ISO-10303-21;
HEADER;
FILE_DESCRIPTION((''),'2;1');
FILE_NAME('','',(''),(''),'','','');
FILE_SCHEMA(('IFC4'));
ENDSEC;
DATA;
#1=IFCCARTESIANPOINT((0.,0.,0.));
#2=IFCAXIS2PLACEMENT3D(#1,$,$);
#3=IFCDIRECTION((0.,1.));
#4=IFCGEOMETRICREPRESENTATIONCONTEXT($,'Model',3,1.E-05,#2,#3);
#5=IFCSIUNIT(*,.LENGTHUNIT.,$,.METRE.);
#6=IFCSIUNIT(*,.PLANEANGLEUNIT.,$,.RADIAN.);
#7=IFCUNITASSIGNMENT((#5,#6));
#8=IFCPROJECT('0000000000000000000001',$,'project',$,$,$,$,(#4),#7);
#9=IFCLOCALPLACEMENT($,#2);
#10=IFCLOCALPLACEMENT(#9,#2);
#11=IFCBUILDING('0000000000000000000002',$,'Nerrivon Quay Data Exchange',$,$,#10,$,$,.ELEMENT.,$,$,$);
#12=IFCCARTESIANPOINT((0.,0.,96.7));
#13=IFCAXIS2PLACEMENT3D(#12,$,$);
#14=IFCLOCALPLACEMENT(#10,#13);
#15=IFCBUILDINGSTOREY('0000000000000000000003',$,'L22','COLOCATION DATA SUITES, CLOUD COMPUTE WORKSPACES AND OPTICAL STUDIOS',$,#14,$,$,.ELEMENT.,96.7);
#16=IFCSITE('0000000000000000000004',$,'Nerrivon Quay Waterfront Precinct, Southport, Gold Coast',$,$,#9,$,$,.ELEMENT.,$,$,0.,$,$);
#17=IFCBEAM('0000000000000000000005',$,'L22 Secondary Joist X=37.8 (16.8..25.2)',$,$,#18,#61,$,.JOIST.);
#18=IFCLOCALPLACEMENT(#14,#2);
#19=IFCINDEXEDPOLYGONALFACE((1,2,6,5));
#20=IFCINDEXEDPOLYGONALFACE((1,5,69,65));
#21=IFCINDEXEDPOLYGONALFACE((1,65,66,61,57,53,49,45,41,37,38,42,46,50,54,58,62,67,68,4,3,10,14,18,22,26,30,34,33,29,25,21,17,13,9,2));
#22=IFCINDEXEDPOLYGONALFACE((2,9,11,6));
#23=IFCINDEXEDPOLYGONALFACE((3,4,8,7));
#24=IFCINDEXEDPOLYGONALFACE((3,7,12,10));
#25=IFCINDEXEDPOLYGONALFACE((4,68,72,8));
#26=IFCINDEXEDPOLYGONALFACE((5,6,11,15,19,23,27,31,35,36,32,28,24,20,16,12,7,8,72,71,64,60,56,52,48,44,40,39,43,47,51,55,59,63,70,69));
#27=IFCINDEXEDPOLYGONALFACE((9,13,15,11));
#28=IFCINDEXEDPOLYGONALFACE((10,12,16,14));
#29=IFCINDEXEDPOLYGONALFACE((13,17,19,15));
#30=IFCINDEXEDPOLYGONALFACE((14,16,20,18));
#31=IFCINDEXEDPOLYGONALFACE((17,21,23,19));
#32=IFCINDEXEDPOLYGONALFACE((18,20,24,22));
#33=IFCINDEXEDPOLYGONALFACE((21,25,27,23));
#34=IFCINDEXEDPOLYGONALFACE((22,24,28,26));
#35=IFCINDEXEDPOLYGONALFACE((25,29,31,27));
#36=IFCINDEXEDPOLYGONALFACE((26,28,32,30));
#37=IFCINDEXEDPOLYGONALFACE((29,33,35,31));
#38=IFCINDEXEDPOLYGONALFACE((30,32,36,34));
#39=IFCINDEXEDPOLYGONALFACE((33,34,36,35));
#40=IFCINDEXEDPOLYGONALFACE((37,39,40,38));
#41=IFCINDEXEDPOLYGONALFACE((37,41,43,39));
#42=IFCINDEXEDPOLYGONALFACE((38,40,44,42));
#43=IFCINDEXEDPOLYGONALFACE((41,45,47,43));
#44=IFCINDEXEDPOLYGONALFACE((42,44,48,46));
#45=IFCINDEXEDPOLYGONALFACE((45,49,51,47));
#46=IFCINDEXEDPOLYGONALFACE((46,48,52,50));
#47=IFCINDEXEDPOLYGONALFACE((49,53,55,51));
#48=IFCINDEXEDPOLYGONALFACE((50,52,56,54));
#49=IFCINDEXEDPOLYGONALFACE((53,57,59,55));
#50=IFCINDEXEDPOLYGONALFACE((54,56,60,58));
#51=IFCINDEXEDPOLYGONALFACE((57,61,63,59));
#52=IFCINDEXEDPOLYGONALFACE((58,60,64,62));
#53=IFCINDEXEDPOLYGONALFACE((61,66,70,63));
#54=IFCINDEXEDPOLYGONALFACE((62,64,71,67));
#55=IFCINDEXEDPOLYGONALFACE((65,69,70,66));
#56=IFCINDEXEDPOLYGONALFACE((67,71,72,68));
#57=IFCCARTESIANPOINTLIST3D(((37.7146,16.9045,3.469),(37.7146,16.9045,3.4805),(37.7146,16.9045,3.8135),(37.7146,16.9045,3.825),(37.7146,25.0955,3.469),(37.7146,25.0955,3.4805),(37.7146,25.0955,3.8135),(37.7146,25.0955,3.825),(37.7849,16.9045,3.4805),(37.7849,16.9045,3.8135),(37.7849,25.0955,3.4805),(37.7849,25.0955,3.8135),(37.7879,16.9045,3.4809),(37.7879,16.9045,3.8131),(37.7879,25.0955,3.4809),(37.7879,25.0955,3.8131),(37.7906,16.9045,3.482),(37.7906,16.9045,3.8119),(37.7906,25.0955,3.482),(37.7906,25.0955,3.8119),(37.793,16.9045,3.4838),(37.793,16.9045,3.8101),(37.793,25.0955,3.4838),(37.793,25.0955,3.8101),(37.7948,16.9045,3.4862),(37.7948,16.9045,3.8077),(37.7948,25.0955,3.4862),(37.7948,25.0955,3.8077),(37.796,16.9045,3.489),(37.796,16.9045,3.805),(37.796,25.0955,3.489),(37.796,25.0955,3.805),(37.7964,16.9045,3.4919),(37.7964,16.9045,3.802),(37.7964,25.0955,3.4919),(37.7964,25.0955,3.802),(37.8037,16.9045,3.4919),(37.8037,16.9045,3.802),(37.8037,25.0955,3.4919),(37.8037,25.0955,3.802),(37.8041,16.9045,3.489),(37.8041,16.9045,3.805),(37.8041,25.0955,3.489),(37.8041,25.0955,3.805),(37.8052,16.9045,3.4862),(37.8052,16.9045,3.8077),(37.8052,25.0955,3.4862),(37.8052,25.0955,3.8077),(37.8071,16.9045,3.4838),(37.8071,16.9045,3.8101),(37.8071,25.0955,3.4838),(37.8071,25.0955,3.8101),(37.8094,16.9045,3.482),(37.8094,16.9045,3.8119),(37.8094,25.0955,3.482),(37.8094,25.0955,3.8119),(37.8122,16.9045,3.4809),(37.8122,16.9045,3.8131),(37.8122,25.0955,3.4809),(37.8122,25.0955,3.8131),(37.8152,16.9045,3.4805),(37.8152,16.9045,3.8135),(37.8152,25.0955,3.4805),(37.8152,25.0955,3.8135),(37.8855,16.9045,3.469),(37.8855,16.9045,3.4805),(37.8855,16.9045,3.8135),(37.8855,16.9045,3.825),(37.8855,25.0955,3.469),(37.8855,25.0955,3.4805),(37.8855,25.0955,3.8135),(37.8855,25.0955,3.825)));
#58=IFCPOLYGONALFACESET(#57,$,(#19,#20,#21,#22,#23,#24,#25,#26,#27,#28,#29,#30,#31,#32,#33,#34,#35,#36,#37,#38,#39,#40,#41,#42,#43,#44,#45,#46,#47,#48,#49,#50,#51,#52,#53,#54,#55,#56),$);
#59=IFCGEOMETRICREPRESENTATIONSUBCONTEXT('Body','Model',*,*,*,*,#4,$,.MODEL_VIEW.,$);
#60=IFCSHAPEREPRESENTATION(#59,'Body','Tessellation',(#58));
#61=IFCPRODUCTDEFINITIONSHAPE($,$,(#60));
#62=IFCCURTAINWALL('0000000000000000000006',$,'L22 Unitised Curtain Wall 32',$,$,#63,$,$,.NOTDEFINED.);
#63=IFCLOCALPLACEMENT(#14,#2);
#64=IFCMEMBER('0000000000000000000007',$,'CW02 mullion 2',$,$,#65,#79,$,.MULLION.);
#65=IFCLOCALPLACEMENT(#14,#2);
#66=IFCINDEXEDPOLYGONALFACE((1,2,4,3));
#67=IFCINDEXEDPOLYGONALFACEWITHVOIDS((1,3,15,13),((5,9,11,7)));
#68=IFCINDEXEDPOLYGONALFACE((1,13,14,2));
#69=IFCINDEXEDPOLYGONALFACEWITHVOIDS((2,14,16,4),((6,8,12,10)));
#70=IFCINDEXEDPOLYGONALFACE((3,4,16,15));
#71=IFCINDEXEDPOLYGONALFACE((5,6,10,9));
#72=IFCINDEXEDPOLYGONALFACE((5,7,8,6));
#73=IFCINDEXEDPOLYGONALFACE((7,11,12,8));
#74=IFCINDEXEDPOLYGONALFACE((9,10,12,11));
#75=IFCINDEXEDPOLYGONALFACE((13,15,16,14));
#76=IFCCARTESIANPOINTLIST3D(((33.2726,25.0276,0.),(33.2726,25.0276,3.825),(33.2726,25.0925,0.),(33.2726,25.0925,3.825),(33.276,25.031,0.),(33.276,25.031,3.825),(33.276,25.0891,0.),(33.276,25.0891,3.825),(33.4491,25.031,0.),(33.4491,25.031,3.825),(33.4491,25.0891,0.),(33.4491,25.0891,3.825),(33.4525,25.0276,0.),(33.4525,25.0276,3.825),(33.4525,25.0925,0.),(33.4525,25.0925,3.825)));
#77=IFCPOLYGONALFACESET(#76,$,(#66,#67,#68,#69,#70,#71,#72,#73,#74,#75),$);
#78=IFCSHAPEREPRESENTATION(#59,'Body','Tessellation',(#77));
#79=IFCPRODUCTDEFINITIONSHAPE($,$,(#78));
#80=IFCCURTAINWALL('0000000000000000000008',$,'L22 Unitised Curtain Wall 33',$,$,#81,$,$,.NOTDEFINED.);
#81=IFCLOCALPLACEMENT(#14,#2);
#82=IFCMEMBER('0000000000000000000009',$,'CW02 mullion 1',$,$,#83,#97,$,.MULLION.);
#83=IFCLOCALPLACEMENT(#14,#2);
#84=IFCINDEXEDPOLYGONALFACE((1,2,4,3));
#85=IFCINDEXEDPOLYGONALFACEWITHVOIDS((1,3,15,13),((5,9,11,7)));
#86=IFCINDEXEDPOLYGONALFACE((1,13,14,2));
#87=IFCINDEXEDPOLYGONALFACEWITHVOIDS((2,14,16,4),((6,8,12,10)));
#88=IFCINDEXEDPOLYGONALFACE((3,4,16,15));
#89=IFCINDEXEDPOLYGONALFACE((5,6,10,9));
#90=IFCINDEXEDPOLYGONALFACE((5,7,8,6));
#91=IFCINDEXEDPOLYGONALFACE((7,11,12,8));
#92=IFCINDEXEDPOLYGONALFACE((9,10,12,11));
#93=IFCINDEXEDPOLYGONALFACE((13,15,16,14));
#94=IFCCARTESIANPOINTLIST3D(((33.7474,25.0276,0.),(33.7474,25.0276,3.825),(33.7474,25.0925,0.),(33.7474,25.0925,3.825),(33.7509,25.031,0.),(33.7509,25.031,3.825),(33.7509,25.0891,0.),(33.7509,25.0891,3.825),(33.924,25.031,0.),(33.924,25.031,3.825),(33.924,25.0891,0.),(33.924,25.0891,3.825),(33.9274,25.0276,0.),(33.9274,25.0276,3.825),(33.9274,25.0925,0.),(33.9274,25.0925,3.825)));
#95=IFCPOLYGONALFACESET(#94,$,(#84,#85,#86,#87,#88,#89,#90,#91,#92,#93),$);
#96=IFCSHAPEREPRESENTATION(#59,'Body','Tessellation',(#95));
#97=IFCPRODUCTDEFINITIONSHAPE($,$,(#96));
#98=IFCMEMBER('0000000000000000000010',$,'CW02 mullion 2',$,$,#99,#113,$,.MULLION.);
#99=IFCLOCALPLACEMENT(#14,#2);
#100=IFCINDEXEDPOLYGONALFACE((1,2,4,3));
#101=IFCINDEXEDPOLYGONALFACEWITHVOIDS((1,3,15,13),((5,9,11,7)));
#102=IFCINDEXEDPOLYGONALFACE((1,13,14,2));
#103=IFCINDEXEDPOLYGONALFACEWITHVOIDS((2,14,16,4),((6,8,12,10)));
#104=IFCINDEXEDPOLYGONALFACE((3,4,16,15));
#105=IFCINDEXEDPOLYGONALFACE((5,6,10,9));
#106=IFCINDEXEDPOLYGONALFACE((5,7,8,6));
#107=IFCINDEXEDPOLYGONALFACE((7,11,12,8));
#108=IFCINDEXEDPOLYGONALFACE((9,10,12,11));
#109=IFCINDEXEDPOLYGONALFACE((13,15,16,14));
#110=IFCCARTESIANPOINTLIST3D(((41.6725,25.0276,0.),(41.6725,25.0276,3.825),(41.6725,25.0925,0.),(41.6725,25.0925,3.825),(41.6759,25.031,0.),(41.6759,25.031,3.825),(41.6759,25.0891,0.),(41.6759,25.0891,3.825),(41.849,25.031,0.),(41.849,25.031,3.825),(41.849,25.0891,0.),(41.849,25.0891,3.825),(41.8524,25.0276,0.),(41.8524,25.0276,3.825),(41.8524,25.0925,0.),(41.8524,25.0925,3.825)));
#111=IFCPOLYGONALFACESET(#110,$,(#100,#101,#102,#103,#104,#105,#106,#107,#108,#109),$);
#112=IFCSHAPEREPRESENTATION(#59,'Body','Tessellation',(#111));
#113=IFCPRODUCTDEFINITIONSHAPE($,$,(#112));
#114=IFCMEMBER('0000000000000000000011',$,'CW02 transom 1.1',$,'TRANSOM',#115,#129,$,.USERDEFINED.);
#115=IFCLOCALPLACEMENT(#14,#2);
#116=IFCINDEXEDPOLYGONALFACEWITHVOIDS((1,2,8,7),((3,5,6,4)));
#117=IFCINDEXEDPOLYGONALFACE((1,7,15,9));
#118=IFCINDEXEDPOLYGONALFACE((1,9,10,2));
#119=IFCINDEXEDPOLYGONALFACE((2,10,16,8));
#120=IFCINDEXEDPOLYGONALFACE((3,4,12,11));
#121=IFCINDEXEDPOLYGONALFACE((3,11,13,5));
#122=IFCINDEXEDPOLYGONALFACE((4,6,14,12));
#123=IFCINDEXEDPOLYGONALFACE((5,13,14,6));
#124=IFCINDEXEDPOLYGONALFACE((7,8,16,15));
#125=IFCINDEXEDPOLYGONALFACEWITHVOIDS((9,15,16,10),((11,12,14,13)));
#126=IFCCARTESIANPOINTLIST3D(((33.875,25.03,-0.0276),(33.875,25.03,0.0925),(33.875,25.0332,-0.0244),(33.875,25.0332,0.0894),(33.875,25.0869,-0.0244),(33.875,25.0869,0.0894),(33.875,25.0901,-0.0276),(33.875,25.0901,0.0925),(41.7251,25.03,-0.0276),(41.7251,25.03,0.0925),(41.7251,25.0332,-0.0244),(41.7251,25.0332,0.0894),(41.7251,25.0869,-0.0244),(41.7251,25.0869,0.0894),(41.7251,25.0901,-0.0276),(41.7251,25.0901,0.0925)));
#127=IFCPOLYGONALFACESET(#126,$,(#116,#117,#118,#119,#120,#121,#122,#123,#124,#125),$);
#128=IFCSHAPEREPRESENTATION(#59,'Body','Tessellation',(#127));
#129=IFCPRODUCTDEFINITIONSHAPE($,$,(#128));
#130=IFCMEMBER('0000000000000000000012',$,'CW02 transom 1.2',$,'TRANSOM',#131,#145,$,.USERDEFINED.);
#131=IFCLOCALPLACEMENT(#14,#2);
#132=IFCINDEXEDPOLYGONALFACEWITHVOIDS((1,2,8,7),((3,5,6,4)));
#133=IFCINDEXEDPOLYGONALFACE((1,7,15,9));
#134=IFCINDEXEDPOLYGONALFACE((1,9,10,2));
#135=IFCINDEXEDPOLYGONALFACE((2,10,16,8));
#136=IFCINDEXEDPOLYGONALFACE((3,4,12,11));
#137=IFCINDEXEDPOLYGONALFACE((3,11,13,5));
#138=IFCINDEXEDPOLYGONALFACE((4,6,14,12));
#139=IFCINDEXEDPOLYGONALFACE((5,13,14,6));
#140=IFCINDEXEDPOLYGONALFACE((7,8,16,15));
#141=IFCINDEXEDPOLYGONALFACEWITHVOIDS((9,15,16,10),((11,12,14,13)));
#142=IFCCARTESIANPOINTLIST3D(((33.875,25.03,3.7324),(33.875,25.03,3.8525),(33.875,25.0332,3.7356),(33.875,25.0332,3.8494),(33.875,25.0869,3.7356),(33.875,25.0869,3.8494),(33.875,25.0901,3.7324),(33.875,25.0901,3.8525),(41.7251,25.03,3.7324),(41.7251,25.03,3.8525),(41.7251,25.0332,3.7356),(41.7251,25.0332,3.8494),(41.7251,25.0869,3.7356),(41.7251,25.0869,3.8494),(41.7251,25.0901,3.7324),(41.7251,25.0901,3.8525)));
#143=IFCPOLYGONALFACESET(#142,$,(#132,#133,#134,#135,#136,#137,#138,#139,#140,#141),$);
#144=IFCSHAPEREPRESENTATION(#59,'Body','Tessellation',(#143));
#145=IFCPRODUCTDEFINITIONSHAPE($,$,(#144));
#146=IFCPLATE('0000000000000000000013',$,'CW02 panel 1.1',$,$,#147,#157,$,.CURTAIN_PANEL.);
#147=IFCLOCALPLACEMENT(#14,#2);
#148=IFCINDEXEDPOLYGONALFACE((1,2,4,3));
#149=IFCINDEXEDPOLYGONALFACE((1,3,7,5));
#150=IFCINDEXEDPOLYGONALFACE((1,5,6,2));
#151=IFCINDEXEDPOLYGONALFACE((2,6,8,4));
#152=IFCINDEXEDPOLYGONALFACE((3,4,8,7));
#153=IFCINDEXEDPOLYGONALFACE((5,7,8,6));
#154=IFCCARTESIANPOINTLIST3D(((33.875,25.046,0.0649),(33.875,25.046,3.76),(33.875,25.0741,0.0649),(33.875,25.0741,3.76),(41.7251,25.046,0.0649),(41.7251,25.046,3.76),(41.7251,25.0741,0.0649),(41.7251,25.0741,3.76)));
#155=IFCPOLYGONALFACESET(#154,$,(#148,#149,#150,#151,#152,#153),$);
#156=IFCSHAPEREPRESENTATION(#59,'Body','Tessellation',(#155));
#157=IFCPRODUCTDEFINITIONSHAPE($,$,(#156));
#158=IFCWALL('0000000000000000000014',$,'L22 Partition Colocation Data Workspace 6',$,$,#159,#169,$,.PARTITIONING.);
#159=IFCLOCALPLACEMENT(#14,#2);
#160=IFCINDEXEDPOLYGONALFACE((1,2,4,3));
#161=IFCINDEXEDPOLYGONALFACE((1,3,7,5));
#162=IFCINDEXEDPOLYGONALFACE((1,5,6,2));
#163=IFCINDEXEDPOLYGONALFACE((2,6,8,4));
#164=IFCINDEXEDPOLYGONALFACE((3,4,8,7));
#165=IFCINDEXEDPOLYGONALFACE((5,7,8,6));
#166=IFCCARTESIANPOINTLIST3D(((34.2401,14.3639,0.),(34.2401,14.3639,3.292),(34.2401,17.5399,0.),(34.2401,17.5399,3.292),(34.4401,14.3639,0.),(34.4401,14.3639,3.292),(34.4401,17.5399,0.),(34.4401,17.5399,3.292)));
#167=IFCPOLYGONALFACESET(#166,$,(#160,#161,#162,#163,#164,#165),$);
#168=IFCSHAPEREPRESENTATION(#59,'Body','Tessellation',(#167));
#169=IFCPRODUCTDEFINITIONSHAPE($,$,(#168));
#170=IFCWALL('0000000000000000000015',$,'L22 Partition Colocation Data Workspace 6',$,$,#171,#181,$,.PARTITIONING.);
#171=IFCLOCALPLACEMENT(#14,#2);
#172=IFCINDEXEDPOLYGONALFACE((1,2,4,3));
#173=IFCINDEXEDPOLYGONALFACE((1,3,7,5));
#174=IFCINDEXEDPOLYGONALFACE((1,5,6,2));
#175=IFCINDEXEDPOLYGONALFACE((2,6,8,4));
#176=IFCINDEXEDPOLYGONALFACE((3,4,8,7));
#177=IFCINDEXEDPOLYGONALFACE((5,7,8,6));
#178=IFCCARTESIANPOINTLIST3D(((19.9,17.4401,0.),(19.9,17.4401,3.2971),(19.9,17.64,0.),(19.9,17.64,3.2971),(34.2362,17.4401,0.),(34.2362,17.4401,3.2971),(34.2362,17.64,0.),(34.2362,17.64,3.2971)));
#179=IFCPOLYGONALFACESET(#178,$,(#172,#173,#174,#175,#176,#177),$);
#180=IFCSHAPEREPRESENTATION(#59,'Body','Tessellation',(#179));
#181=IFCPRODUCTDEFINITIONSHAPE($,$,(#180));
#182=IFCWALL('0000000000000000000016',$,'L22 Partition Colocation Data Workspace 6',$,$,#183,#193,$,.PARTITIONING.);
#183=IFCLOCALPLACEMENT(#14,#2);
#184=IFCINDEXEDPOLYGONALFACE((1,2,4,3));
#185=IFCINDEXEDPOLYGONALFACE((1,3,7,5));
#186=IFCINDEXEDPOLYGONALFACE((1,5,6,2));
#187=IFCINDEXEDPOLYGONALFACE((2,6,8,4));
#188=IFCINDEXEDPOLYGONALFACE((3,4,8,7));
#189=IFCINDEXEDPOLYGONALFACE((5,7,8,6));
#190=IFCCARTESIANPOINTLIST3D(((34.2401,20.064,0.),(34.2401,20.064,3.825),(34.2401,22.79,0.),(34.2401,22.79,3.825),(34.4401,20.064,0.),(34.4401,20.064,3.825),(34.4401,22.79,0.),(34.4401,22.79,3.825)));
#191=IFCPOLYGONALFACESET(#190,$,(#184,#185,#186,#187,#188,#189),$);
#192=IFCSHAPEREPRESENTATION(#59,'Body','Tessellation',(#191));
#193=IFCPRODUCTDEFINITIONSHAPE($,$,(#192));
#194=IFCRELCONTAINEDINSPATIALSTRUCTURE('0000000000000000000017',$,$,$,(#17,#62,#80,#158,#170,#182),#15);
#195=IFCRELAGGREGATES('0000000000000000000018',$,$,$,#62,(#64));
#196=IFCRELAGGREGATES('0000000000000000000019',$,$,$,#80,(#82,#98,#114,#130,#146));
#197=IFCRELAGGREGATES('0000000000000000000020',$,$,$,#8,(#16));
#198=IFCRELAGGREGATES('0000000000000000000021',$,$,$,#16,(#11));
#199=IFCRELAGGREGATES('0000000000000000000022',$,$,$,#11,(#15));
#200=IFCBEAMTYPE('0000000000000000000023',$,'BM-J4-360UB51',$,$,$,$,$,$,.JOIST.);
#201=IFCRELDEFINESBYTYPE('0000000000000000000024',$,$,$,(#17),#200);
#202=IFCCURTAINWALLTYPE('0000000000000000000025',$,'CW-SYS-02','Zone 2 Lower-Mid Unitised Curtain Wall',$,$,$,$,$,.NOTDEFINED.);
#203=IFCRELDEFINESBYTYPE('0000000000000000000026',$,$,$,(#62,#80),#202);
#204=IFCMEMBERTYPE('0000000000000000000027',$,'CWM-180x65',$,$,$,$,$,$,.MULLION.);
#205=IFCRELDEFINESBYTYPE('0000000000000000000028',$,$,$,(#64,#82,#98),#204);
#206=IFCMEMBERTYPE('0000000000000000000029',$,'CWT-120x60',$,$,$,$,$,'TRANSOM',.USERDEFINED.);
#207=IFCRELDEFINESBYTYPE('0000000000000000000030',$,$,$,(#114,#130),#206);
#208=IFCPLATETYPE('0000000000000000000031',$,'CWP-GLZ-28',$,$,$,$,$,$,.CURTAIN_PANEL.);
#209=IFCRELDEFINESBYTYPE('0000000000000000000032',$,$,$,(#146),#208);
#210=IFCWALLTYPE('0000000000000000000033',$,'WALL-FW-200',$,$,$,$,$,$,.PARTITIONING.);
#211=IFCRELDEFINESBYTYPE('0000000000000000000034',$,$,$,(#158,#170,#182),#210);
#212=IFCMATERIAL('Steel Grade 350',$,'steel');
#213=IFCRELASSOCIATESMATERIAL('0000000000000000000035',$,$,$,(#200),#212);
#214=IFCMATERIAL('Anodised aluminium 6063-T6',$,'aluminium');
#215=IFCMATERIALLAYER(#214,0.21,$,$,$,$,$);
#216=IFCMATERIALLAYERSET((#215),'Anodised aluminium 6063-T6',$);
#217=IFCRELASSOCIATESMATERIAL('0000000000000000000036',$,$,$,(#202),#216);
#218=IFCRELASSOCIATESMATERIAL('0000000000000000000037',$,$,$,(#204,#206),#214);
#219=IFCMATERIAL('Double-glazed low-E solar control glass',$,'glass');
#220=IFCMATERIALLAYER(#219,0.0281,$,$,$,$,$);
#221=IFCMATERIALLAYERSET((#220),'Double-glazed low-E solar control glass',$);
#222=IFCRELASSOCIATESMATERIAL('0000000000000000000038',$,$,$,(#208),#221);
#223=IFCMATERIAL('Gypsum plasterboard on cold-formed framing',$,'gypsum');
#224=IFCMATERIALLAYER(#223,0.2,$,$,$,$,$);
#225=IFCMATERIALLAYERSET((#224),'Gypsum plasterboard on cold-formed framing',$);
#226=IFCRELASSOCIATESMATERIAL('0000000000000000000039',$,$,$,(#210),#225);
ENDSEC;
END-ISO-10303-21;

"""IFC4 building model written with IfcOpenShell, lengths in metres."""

from ifc_helpers import new_model, si_unit, direction, frame, frame_2d, origin, origin_2d, place, context, subcontext, project, spatial, rectangle, hollow_rectangle, i_section, extrude, material, layer, layer_set, material_profile, profile_set, type_object, element, aggregate, save


model = new_model("IFC4")

# Units and contexts
model_context = context("Model", 3, precision=1e-05, world=origin(), true_north=direction((0.0, 1.0)))
body_context = subcontext(model_context, "Body", "Model", "MODEL_VIEW")
ifc_project = project(units=[si_unit("LENGTHUNIT", "METRE"), si_unit("PLANEANGLEUNIT", "RADIAN")], contexts=[model_context])

# Site, building, storey
site_placement = place(None, origin())
site = spatial("IfcSite", under=ifc_project, at=site_placement, Name="Nerrivon Quay Waterfront Precinct, Southport, Gold Coast", CompositionType="ELEMENT", RefElevation=0.0)
building_placement = place(site_placement, origin())
building = spatial("IfcBuilding", under=site, at=building_placement, Name="Nerrivon Quay Data Exchange", CompositionType="ELEMENT")
storey_placement = place(building_placement, frame((0.0, 0.0, 96.7)))
storey = spatial("IfcBuildingStorey", under=building, at=storey_placement, Name="L22", Description="COLOCATION DATA SUITES, CLOUD COMPUTE WORKSPACES AND OPTICAL STUDIOS", CompositionType="ELEMENT", Elevation=96.7)

# Shared definitions
ifc_material_1 = material(Name="Steel Grade 350", Category="steel")

# Beam
ifc_material_profile_1 = material_profile(ifc_material_1, i_section(OverallWidth=0.1709, OverallDepth=0.356, WebThickness=0.0073, FlangeThickness=0.0115, FilletRadius=0.0115, at=origin_2d()), Name="360UB50.7")
ifc_profile_set_1 = profile_set([ifc_material_profile_1], Name="Steel Grade 350")
beam_type_1 = type_object("IfcBeamType", Name="BM-J4-360UB51", PredefinedType="JOIST", material=ifc_profile_set_1)
beam_1_placement = place(storey_placement, frame((37.8, 16.9045, 3.647), z_axis=(0.0, 1.0, 0.0), x_axis=(-1.0, 0.0, 0.0)))
element("IfcBeam", 1, at=beam_1_placement, inside=storey, type_object=beam_type_1, Name="L22 Secondary Joist X=37.8 (16.8..25.2)", PredefinedType="JOIST", context=body_context, shape_type="SweptSolid", body=[
    extrude(i_section(OverallWidth=0.1709, OverallDepth=0.356, WebThickness=0.0073, FlangeThickness=0.0115, FilletRadius=0.0115, at=origin_2d()), origin(), (0.0, 0.0, 1.0), 8.1909),
])

# Curtain wall, member
ifc_material_2 = material(Name="Anodised aluminium 6063-T6", Category="aluminium")
ifc_layer_1 = layer(ifc_material_2, 0.21)
ifc_layer_set_1 = layer_set([ifc_layer_1], Name="Anodised aluminium 6063-T6")
curtain_wall_type = type_object("IfcCurtainWallType", Name="CW-SYS-02", Description="Zone 2 Lower-Mid Unitised Curtain Wall", PredefinedType="NOTDEFINED", material=ifc_layer_set_1)
curtain_wall_1_placement = place(storey_placement, origin())
curtain_wall_1 = element("IfcCurtainWall", 2, at=curtain_wall_1_placement, inside=storey, type_object=curtain_wall_type, Name="L22 Unitised Curtain Wall 32", PredefinedType="NOTDEFINED")
ifc_material_profile_2 = material_profile(ifc_material_2, hollow_rectangle(XDim=0.0649, YDim=0.1799, WallThickness=0.0034, at=origin_2d()), Name="ALU-MULL-180x65")
ifc_profile_set_2 = profile_set([ifc_material_profile_2], Name="Anodised aluminium 6063-T6")
member_type_1 = type_object("IfcMemberType", Name="CWM-180x65", PredefinedType="MULLION", material=ifc_profile_set_2)
member_1_placement = place(storey_placement, frame((33.3625, 25.0601, 0.0), z_axis=(0.0, 0.0, 1.0), x_axis=(0.0, 1.0, 0.0)))
member_1 = element("IfcMember", 3, at=member_1_placement, type_object=member_type_1, Name="CW02 mullion 2", PredefinedType="MULLION", context=body_context, shape_type="SweptSolid", body=[
    extrude(hollow_rectangle(XDim=0.0649, YDim=0.1799, WallThickness=0.0034, at=origin_2d()), origin(), (0.0, 0.0, 1.0), 3.825),
])
aggregate(curtain_wall_1, [member_1])

# Curtain wall, members, plate
curtain_wall_2_placement = place(storey_placement, origin())
curtain_wall_2 = element("IfcCurtainWall", 4, at=curtain_wall_2_placement, inside=storey, type_object=curtain_wall_type, Name="L22 Unitised Curtain Wall 33", PredefinedType="NOTDEFINED")
member_2_placement = place(storey_placement, frame((33.8374, 25.0601, 0.0), z_axis=(0.0, 0.0, 1.0), x_axis=(0.0, 1.0, 0.0)))
member_2 = element("IfcMember", 5, at=member_2_placement, type_object=member_type_1, Name="CW02 mullion 1", PredefinedType="MULLION", context=body_context, shape_type="SweptSolid", body=[
    extrude(hollow_rectangle(XDim=0.0649, YDim=0.1799, WallThickness=0.0034, at=origin_2d()), origin(), (0.0, 0.0, 1.0), 3.825),
])
member_3_placement = place(storey_placement, frame((41.7625, 25.0601, 0.0), z_axis=(0.0, 0.0, 1.0), x_axis=(0.0, 1.0, 0.0)))
member_3 = element("IfcMember", 6, at=member_3_placement, type_object=member_type_1, Name="CW02 mullion 2", PredefinedType="MULLION", context=body_context, shape_type="SweptSolid", body=[
    extrude(hollow_rectangle(XDim=0.0649, YDim=0.1799, WallThickness=0.0034, at=origin_2d()), origin(), (0.0, 0.0, 1.0), 3.825),
])
ifc_material_profile_3 = material_profile(ifc_material_2, hollow_rectangle(XDim=0.0601, YDim=0.1201, WallThickness=0.0032, at=origin_2d()), Name="ALU-TRAN-120x60")
ifc_profile_set_3 = profile_set([ifc_material_profile_3], Name="Anodised aluminium 6063-T6")
member_type_2 = type_object("IfcMemberType", Name="CWT-120x60", ElementType="TRANSOM", PredefinedType="USERDEFINED", material=ifc_profile_set_3)
member_4_placement = place(storey_placement, frame((33.875, 25.0601, 0.0325), z_axis=(1.0, 0.0, 0.0), x_axis=(0.0, 1.0, 0.0)))
member_4 = element("IfcMember", 7, at=member_4_placement, type_object=member_type_2, Name="CW02 transom 1.1", ObjectType="TRANSOM", PredefinedType="USERDEFINED", context=body_context, shape_type="SweptSolid", body=[
    extrude(hollow_rectangle(XDim=0.0601, YDim=0.1201, WallThickness=0.0032, at=origin_2d()), origin(), (0.0, 0.0, 1.0), 7.8501),
])
member_5_placement = place(storey_placement, frame((33.875, 25.0601, 3.7925), z_axis=(1.0, 0.0, 0.0), x_axis=(0.0, 1.0, 0.0)))
member_5 = element("IfcMember", 8, at=member_5_placement, type_object=member_type_2, Name="CW02 transom 1.2", ObjectType="TRANSOM", PredefinedType="USERDEFINED", context=body_context, shape_type="SweptSolid", body=[
    extrude(hollow_rectangle(XDim=0.0601, YDim=0.1201, WallThickness=0.0032, at=origin_2d()), origin(), (0.0, 0.0, 1.0), 7.8501),
])
ifc_material_3 = material(Name="Double-glazed low-E solar control glass", Category="glass")
ifc_layer_2 = layer(ifc_material_3, 0.0281)
ifc_layer_set_2 = layer_set([ifc_layer_2], Name="Double-glazed low-E solar control glass")
plate_type = type_object("IfcPlateType", Name="CWP-GLZ-28", PredefinedType="CURTAIN_PANEL", material=ifc_layer_set_2)
plate_placement = place(storey_placement, frame((37.8, 25.0601, 0.0649), z_axis=(0.0, 0.0, 1.0), x_axis=(1.0, 0.0, 0.0)))
plate = element("IfcPlate", 9, at=plate_placement, type_object=plate_type, Name="CW02 panel 1.1", PredefinedType="CURTAIN_PANEL", context=body_context, shape_type="SweptSolid", body=[
    extrude(rectangle(XDim=7.8501, YDim=0.0281, at=origin_2d()), origin(), (0.0, 0.0, 1.0), 3.6951),
])
aggregate(curtain_wall_2, [member_2, member_3, member_4, member_5, plate])

# Walls
ifc_material_4 = material(Name="Gypsum plasterboard on cold-formed framing", Category="gypsum")
ifc_layer_3 = layer(ifc_material_4, 0.2)
ifc_layer_set_3 = layer_set([ifc_layer_3], Name="Gypsum plasterboard on cold-formed framing")
wall_type = type_object("IfcWallType", Name="WALL-FW-200", PredefinedType="PARTITIONING", material=ifc_layer_set_3)
wall_1_placement = place(storey_placement, frame((34.3401, 14.364, 0.0), z_axis=(0.0, 0.0, 1.0), x_axis=(0.0, 1.0, 0.0)))
element("IfcWall", 10, at=wall_1_placement, inside=storey, type_object=wall_type, Name="L22 Partition Colocation Data Workspace 6", PredefinedType="PARTITIONING", context=body_context, shape_type="SweptSolid", body=[
    extrude(rectangle(XDim=3.176, YDim=0.2, at=frame_2d((1.5879, 0.0))), origin(), (0.0, 0.0, 1.0), 3.292),
])
wall_2_placement = place(storey_placement, frame((34.2361, 17.54, 0.0), z_axis=(0.0, 0.0, 1.0), x_axis=(-1.0, 0.0, 0.0)))
element("IfcWall", 11, at=wall_2_placement, inside=storey, type_object=wall_type, Name="L22 Partition Colocation Data Workspace 6", PredefinedType="PARTITIONING", context=body_context, shape_type="SweptSolid", body=[
    extrude(rectangle(XDim=14.3362, YDim=0.2, at=frame_2d((7.168, 0.0))), origin(), (0.0, 0.0, 1.0), 3.2971),
])
wall_3_placement = place(storey_placement, frame((34.3401, 20.064, 0.0), z_axis=(0.0, 0.0, 1.0), x_axis=(0.0, 1.0, 0.0)))
element("IfcWall", 12, at=wall_3_placement, inside=storey, type_object=wall_type, Name="L22 Partition Colocation Data Workspace 6", PredefinedType="PARTITIONING", context=body_context, shape_type="SweptSolid", body=[
    extrude(rectangle(XDim=2.7261, YDim=0.2, at=frame_2d((1.363, 0.0))), origin(), (0.0, 0.0, 1.0), 3.825),
])

save(model, "model.ifc")
